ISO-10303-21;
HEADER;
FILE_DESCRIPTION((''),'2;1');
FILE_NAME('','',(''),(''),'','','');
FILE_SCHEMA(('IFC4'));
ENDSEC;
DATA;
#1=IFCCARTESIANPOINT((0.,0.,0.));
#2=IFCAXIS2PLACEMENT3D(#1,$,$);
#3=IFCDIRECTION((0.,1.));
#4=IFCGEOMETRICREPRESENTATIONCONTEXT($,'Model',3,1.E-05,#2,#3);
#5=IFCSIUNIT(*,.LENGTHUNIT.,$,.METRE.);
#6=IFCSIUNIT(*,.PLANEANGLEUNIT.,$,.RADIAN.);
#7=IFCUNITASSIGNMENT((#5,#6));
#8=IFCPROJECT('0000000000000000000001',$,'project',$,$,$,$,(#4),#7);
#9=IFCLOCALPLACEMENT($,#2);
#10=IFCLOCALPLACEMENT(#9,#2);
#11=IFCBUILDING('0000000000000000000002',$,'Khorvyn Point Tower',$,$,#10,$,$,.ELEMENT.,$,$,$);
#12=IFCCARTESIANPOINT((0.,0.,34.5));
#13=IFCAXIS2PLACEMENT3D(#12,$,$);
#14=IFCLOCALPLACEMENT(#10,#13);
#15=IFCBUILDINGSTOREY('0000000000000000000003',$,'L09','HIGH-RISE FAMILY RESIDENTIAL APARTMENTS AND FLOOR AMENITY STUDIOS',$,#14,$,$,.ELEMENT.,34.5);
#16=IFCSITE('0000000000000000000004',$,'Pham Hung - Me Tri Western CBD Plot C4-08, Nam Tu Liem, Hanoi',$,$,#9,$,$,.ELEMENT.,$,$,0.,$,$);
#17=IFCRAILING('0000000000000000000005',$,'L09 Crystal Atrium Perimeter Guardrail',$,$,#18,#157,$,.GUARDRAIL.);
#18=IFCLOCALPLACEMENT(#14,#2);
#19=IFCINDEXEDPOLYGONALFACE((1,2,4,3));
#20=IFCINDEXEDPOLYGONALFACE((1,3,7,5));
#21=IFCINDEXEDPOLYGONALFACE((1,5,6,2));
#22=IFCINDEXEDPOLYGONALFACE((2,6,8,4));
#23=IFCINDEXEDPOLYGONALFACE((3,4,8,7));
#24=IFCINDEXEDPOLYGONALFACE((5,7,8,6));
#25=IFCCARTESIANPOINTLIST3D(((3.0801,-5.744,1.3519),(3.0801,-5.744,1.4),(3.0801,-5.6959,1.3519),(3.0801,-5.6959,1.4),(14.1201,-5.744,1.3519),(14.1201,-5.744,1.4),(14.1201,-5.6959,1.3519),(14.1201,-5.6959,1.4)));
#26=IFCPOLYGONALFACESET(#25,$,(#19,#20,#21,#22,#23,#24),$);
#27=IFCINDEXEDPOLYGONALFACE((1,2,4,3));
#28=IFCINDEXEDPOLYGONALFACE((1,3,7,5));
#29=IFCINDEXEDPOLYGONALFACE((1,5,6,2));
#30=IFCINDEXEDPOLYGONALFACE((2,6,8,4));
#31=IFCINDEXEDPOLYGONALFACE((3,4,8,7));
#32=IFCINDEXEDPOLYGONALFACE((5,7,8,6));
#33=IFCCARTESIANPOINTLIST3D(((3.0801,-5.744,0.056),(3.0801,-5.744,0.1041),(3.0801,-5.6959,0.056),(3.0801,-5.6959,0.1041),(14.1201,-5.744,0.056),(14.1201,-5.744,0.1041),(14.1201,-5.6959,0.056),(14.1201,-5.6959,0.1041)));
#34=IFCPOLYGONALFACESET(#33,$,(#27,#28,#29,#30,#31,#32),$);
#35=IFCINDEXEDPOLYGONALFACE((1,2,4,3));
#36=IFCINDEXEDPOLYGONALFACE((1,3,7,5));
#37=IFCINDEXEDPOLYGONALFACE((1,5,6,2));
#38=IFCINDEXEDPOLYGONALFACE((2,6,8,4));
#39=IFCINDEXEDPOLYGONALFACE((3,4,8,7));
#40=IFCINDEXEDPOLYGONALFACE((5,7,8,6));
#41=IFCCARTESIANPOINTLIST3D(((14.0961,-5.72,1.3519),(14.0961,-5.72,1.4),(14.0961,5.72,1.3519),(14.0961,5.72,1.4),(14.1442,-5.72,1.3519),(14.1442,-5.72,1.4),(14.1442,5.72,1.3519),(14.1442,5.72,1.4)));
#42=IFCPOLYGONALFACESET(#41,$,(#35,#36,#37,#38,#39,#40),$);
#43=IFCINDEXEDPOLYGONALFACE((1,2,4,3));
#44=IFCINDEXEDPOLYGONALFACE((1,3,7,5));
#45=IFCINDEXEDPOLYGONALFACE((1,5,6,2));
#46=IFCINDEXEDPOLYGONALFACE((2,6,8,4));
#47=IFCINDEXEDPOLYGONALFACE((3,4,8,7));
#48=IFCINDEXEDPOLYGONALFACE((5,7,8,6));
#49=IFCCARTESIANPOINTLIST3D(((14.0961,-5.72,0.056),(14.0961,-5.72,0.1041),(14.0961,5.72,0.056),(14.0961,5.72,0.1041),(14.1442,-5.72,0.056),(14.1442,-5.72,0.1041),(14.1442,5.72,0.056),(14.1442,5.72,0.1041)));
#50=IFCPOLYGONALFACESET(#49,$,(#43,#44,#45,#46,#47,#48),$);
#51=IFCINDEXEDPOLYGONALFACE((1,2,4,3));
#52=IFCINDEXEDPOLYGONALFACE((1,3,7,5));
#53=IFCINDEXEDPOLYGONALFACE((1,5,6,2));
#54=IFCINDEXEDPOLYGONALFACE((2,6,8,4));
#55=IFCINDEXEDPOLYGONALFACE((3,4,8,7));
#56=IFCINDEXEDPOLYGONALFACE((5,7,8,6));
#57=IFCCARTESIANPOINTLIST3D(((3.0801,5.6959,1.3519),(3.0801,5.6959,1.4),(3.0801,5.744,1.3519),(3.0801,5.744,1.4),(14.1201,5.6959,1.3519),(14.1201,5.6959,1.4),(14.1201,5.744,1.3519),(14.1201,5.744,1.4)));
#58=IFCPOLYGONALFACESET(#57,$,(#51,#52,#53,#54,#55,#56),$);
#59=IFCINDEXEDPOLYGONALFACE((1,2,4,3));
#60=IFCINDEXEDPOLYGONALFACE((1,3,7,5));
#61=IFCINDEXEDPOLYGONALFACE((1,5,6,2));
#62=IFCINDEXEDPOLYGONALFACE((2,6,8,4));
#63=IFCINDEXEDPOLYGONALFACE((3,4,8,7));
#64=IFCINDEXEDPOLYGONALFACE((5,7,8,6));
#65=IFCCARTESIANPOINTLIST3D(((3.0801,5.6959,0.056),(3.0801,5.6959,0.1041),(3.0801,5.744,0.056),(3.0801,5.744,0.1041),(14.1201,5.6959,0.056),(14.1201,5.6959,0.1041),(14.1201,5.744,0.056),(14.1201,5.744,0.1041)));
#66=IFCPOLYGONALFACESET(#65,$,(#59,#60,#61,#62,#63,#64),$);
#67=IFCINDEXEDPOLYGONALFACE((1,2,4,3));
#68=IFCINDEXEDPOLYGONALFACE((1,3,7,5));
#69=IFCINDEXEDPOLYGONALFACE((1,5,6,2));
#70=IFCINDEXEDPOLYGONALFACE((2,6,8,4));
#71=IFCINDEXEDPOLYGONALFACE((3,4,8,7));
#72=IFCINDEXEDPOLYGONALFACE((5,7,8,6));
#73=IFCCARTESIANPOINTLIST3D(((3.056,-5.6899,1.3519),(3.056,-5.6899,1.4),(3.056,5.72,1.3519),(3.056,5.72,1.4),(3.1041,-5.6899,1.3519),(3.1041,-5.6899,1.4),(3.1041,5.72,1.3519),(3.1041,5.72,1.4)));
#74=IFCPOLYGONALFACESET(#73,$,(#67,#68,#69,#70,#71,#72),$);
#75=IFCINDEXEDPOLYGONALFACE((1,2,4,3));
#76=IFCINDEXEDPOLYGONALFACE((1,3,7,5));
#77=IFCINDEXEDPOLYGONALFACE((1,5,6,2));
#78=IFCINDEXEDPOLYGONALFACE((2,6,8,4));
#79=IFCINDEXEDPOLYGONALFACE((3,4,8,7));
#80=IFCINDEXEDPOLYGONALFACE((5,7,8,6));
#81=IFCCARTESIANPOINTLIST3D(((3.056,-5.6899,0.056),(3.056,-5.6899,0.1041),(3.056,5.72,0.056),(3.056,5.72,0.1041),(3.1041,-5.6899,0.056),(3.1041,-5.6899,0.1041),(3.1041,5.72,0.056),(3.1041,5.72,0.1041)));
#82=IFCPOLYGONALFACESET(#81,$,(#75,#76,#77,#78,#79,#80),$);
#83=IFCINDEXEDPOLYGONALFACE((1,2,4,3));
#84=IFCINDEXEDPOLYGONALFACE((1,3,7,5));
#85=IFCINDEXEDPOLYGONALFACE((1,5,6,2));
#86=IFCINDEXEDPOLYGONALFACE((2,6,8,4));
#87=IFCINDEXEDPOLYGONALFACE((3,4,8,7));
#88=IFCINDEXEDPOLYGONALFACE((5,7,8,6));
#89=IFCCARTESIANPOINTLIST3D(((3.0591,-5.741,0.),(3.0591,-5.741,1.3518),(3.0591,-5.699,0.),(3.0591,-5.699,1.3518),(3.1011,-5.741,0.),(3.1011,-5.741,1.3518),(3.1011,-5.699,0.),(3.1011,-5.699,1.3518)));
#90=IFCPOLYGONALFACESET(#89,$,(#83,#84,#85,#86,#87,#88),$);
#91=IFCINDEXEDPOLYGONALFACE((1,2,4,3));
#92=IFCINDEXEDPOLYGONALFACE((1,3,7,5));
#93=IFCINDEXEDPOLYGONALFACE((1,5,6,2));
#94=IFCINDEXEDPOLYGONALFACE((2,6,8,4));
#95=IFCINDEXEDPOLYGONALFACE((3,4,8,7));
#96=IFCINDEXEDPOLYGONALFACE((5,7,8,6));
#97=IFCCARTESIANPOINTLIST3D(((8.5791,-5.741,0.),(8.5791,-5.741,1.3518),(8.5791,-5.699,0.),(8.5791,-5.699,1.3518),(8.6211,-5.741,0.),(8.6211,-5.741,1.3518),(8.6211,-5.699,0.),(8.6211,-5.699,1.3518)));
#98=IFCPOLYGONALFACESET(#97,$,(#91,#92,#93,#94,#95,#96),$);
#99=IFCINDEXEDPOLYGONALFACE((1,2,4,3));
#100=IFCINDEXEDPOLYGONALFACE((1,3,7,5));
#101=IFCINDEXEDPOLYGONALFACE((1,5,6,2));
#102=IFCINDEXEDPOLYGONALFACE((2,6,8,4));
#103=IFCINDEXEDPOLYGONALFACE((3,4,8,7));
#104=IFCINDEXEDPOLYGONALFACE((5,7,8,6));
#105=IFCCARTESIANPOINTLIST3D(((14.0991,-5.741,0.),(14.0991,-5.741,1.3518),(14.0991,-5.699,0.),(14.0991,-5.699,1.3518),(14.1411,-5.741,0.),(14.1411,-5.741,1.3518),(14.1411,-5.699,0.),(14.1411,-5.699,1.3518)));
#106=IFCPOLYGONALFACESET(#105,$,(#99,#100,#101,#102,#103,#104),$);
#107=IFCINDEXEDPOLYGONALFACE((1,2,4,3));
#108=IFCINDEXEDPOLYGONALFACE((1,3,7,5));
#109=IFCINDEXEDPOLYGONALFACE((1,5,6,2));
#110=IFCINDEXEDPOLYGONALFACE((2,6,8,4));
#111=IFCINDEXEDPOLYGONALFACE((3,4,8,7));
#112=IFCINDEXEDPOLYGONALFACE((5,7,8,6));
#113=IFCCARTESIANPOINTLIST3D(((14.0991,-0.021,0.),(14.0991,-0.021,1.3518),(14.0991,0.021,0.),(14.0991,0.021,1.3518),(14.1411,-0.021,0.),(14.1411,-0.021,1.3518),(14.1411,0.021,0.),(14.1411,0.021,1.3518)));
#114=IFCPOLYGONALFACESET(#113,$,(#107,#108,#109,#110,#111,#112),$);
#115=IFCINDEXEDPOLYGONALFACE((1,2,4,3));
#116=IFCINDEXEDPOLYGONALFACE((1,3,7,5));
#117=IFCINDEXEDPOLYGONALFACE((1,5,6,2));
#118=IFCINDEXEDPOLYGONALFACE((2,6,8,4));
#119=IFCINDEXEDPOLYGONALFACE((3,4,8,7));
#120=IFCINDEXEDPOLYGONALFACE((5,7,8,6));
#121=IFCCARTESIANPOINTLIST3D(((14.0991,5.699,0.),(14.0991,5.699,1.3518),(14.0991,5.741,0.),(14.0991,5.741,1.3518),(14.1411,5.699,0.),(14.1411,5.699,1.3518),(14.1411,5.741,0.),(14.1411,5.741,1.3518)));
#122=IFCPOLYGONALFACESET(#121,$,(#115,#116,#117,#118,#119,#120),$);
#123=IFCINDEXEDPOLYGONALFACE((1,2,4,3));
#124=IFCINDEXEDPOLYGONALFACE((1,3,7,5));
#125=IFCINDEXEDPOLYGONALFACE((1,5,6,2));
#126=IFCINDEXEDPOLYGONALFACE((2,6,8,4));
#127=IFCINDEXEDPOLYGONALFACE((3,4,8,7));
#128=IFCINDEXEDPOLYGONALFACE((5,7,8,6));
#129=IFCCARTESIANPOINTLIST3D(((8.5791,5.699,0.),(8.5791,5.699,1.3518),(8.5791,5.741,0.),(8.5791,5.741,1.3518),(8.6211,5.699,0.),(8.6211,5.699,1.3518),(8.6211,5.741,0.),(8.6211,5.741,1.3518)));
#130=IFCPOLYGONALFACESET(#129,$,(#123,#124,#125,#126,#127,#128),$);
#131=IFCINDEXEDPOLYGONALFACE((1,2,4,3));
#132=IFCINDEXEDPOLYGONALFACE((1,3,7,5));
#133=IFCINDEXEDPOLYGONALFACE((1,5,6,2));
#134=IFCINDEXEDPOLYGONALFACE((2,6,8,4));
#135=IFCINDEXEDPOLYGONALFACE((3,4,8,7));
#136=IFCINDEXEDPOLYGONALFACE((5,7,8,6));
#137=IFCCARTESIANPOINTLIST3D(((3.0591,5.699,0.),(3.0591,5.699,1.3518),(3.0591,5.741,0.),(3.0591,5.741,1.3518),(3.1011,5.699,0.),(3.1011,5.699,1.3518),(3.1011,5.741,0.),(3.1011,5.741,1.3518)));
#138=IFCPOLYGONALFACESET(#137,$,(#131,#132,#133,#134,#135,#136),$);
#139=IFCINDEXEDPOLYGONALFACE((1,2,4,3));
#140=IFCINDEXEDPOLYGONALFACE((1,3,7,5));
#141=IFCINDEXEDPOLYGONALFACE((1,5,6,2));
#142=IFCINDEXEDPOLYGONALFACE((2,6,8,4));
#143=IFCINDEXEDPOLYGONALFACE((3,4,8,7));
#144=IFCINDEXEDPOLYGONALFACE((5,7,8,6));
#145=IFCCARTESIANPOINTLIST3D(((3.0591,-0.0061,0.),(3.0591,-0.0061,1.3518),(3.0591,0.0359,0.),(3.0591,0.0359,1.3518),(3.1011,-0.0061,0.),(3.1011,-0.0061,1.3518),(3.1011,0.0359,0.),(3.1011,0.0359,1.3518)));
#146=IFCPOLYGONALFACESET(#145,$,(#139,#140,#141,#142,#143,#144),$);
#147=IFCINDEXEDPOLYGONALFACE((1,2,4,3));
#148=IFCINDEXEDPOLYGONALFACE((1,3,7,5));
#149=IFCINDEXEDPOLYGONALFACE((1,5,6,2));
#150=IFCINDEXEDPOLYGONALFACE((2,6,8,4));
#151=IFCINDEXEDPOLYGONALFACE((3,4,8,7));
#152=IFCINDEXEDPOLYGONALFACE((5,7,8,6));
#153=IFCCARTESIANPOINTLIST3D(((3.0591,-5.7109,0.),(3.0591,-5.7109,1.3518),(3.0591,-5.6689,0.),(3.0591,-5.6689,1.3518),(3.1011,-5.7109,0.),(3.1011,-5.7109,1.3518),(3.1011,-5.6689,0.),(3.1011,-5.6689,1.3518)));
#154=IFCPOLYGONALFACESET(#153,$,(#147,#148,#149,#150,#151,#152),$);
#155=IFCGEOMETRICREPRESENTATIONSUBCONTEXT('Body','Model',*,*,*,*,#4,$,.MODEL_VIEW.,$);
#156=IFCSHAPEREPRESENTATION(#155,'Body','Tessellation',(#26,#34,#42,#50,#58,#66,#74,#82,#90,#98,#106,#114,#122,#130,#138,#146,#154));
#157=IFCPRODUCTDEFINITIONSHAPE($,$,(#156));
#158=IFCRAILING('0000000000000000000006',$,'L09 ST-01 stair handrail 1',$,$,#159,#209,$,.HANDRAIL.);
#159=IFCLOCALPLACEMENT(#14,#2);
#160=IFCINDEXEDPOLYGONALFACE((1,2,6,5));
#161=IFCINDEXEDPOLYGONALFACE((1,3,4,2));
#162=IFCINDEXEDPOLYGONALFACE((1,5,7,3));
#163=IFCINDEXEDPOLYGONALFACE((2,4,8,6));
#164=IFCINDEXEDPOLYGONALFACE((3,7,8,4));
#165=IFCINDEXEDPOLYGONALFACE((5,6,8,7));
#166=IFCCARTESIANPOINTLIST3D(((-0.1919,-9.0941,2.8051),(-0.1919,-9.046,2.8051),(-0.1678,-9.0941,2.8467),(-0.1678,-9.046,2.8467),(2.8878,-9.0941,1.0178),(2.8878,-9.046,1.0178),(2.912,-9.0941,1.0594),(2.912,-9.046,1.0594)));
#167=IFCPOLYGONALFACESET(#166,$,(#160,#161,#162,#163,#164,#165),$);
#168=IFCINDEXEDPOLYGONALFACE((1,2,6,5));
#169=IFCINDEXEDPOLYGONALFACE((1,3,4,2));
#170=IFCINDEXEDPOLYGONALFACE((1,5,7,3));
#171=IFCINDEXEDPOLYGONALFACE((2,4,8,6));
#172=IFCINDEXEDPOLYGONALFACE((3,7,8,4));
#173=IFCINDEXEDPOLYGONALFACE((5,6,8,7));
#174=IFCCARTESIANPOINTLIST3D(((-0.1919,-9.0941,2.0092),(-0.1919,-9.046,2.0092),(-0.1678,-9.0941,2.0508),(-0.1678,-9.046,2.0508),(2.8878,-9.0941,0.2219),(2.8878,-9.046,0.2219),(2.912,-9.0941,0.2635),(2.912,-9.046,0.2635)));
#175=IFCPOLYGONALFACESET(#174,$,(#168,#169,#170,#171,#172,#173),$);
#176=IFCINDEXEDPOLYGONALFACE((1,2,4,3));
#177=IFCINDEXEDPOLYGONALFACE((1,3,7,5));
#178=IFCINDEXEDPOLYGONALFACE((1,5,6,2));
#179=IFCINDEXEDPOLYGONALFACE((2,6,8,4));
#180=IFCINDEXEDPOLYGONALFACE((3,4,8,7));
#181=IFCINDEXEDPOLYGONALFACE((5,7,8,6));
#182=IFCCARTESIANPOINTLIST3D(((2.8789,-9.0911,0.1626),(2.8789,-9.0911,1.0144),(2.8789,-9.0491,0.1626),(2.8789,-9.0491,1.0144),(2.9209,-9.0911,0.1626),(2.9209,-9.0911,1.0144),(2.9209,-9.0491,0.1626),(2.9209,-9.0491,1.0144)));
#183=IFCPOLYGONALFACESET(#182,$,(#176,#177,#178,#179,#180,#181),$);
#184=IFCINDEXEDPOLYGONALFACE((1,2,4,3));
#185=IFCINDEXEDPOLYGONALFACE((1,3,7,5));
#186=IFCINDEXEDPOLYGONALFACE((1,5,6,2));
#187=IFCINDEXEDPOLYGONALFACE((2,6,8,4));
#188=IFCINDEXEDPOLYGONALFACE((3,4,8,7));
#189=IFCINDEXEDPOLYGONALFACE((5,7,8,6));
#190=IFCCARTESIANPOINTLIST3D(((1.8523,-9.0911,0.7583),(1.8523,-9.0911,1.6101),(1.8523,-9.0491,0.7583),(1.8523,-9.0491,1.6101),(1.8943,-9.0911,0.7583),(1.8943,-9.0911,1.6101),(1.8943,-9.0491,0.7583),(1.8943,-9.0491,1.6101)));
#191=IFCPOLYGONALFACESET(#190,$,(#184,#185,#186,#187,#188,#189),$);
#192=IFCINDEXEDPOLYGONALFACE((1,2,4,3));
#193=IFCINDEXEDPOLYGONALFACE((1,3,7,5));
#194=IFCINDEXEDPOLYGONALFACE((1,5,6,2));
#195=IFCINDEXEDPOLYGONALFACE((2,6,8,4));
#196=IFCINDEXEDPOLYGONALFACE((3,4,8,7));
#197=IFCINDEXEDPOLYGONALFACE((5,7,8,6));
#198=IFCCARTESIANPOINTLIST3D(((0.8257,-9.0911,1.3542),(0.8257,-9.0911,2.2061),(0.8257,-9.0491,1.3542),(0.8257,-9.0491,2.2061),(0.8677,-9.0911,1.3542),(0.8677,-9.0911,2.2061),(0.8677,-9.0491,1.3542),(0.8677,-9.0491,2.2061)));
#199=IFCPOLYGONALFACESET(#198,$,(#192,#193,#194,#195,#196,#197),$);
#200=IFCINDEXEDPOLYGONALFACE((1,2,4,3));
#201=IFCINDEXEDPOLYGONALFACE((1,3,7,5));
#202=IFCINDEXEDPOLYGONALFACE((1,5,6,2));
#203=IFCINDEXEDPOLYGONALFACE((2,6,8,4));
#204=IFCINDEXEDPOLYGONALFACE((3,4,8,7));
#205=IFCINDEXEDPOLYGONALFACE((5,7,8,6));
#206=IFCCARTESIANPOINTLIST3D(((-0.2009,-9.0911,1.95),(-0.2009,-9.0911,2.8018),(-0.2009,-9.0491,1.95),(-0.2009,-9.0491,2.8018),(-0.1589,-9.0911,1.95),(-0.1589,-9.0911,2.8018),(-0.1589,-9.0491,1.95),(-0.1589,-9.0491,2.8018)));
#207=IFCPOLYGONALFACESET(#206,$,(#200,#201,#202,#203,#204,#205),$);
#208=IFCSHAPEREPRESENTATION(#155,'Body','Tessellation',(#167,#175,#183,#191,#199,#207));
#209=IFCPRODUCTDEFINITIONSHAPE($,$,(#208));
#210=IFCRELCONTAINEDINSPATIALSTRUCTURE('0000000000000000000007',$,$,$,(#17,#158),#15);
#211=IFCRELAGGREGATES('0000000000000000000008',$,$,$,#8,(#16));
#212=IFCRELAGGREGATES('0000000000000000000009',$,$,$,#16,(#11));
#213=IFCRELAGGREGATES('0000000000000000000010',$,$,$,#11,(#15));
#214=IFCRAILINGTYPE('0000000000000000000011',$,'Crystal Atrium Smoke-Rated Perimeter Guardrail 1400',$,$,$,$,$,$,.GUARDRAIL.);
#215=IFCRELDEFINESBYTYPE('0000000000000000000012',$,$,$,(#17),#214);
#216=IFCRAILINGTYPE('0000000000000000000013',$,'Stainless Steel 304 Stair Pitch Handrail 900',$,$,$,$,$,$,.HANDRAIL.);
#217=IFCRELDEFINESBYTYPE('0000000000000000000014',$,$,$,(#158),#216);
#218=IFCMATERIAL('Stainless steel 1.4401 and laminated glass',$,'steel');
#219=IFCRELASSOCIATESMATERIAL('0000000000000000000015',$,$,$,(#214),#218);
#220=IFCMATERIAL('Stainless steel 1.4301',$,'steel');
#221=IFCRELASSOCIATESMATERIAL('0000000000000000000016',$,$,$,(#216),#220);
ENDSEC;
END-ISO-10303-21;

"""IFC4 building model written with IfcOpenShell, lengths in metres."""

from ifc_helpers import new_model, si_unit, direction, frame, origin, origin_2d, place, context, subcontext, project, spatial, rectangle, extrude, material, type_object, element, save


model = new_model("IFC4")

# Units and contexts
model_context = context("Model", 3, precision=1e-05, world=origin(), true_north=direction((0.0, 1.0)))
body_context = subcontext(model_context, "Body", "Model", "MODEL_VIEW")
ifc_project = project(units=[si_unit("LENGTHUNIT", "METRE"), si_unit("PLANEANGLEUNIT", "RADIAN")], contexts=[model_context])

# Site, building, storey
site_placement = place(None, origin())
site = spatial("IfcSite", under=ifc_project, at=site_placement, Name="Pham Hung - Me Tri Western CBD Plot C4-08, Nam Tu Liem, Hanoi", CompositionType="ELEMENT", RefElevation=0.0)
building_placement = place(site_placement, origin())
building = spatial("IfcBuilding", under=site, at=building_placement, Name="Khorvyn Point Tower", CompositionType="ELEMENT")
storey_placement = place(building_placement, frame((0.0, 0.0, 34.5)))
storey = spatial("IfcBuildingStorey", under=building, at=storey_placement, Name="L09", Description="HIGH-RISE FAMILY RESIDENTIAL APARTMENTS AND FLOOR AMENITY STUDIOS", CompositionType="ELEMENT", Elevation=34.5)

# Shared definitions
ifc_material_1 = material(Name="Stainless steel 1.4301", Category="steel")

# Railings
ifc_material_2 = material(Name="Stainless steel 1.4401 and laminated glass", Category="steel")
railing_type_1 = type_object("IfcRailingType", Name="Crystal Atrium Smoke-Rated Perimeter Guardrail 1400", PredefinedType="GUARDRAIL", material=ifc_material_2)
railing_1_placement = place(storey_placement, frame((3.0801, -5.72, 0.0)))
element("IfcRailing", 1, at=railing_1_placement, inside=storey, type_object=railing_type_1, Name="L09 Crystal Atrium Perimeter Guardrail", PredefinedType="GUARDRAIL", context=body_context, shape_type="SweptSolid", body=[
    extrude(rectangle(XDim=0.0481, YDim=0.0481, at=origin_2d()), frame((0.0, 0.0, 1.376), z_axis=(1.0, 0.0, 0.0), x_axis=(0.0, 1.0, 0.0)), (0.0, 0.0, 1.0), 11.04),
    extrude(rectangle(XDim=0.0481, YDim=0.0481, at=origin_2d()), frame((0.0, 0.0, 0.0801), z_axis=(1.0, 0.0, 0.0), x_axis=(0.0, 1.0, 0.0)), (0.0, 0.0, 1.0), 11.04),
    extrude(rectangle(XDim=0.0481, YDim=0.0481, at=origin_2d()), frame((11.04, 0.0, 1.376), z_axis=(0.0, 1.0, 0.0), x_axis=(-1.0, 0.0, 0.0)), (0.0, 0.0, 1.0), 11.4399),
    extrude(rectangle(XDim=0.0481, YDim=0.0481, at=origin_2d()), frame((11.04, 0.0, 0.0801), z_axis=(0.0, 1.0, 0.0), x_axis=(-1.0, 0.0, 0.0)), (0.0, 0.0, 1.0), 11.4399),
    extrude(rectangle(XDim=0.0481, YDim=0.0481, at=origin_2d()), frame((11.04, 11.4399, 1.376), z_axis=(-1.0, 0.0, 0.0), x_axis=(0.0, -1.0, 0.0)), (0.0, 0.0, 1.0), 11.04),
    extrude(rectangle(XDim=0.0481, YDim=0.0481, at=origin_2d()), frame((11.04, 11.4399, 0.0801), z_axis=(-1.0, 0.0, 0.0), x_axis=(0.0, -1.0, 0.0)), (0.0, 0.0, 1.0), 11.04),
    extrude(rectangle(XDim=0.0481, YDim=0.0481, at=origin_2d()), frame((0.0, 11.4399, 1.376), z_axis=(0.0, -1.0, 0.0), x_axis=(1.0, 0.0, 0.0)), (0.0, 0.0, 1.0), 11.4099),
    extrude(rectangle(XDim=0.0481, YDim=0.0481, at=origin_2d()), frame((0.0, 11.4399, 0.0801), z_axis=(0.0, -1.0, 0.0), x_axis=(1.0, 0.0, 0.0)), (0.0, 0.0, 1.0), 11.4099),
    extrude(rectangle(XDim=0.042, YDim=0.042, at=origin_2d()), origin(), (0.0, 0.0, 1.0), 1.3518),
    extrude(rectangle(XDim=0.042, YDim=0.042, at=origin_2d()), frame((5.52, 0.0, 0.0)), (0.0, 0.0, 1.0), 1.3518),
    extrude(rectangle(XDim=0.042, YDim=0.042, at=origin_2d()), frame((11.04, 0.0, 0.0)), (0.0, 0.0, 1.0), 1.3518),
    extrude(rectangle(XDim=0.042, YDim=0.042, at=origin_2d()), frame((11.04, 5.72, 0.0)), (0.0, 0.0, 1.0), 1.3518),
    extrude(rectangle(XDim=0.042, YDim=0.042, at=origin_2d()), frame((11.04, 11.4399, 0.0)), (0.0, 0.0, 1.0), 1.3518),
    extrude(rectangle(XDim=0.042, YDim=0.042, at=origin_2d()), frame((5.52, 11.4399, 0.0)), (0.0, 0.0, 1.0), 1.3518),
    extrude(rectangle(XDim=0.042, YDim=0.042, at=origin_2d()), frame((0.0, 11.4399, 0.0)), (0.0, 0.0, 1.0), 1.3518),
    extrude(rectangle(XDim=0.042, YDim=0.042, at=origin_2d()), frame((0.0, 5.7349, 0.0)), (0.0, 0.0, 1.0), 1.3518),
    extrude(rectangle(XDim=0.042, YDim=0.042, at=origin_2d()), frame((0.0, 0.03, 0.0)), (0.0, 0.0, 1.0), 1.3518),
])
railing_type_2 = type_object("IfcRailingType", Name="Stainless Steel 304 Stair Pitch Handrail 900", PredefinedType="HANDRAIL", material=ifc_material_1)
railing_2_placement = place(storey_placement, frame((2.8999, -9.0701, 0.1626)))
element("IfcRailing", 2, at=railing_2_placement, inside=storey, type_object=railing_type_2, Name="L09 ST-01 stair handrail 1", PredefinedType="HANDRAIL", context=body_context, shape_type="SweptSolid", body=[
    extrude(rectangle(XDim=0.0481, YDim=0.0481, at=origin_2d()), frame((0.0, 0.0, 0.876), z_axis=(-0.864903, 0.0, 0.501939), x_axis=(0.0, -1.0, 0.0)), (0.0, 0.0, 1.0), 3.5608),
    extrude(rectangle(XDim=0.0481, YDim=0.0481, at=origin_2d()), frame((0.0, 0.0, 0.0801), z_axis=(-0.864903, 0.0, 0.501939), x_axis=(0.0, -1.0, 0.0)), (0.0, 0.0, 1.0), 3.5608),
    extrude(rectangle(XDim=0.042, YDim=0.042, at=origin_2d()), origin(), (0.0, 0.0, 1.0), 0.8518),
    extrude(rectangle(XDim=0.042, YDim=0.042, at=origin_2d()), frame((-1.0266, 0.0, 0.5957)), (0.0, 0.0, 1.0), 0.8518),
    extrude(rectangle(XDim=0.042, YDim=0.042, at=origin_2d()), frame((-2.0532, 0.0, 1.1917)), (0.0, 0.0, 1.0), 0.8518),
    extrude(rectangle(XDim=0.042, YDim=0.042, at=origin_2d()), frame((-3.0798, 0.0, 1.7874)), (0.0, 0.0, 1.0), 0.8518),
])

save(model, "model.ifc")
